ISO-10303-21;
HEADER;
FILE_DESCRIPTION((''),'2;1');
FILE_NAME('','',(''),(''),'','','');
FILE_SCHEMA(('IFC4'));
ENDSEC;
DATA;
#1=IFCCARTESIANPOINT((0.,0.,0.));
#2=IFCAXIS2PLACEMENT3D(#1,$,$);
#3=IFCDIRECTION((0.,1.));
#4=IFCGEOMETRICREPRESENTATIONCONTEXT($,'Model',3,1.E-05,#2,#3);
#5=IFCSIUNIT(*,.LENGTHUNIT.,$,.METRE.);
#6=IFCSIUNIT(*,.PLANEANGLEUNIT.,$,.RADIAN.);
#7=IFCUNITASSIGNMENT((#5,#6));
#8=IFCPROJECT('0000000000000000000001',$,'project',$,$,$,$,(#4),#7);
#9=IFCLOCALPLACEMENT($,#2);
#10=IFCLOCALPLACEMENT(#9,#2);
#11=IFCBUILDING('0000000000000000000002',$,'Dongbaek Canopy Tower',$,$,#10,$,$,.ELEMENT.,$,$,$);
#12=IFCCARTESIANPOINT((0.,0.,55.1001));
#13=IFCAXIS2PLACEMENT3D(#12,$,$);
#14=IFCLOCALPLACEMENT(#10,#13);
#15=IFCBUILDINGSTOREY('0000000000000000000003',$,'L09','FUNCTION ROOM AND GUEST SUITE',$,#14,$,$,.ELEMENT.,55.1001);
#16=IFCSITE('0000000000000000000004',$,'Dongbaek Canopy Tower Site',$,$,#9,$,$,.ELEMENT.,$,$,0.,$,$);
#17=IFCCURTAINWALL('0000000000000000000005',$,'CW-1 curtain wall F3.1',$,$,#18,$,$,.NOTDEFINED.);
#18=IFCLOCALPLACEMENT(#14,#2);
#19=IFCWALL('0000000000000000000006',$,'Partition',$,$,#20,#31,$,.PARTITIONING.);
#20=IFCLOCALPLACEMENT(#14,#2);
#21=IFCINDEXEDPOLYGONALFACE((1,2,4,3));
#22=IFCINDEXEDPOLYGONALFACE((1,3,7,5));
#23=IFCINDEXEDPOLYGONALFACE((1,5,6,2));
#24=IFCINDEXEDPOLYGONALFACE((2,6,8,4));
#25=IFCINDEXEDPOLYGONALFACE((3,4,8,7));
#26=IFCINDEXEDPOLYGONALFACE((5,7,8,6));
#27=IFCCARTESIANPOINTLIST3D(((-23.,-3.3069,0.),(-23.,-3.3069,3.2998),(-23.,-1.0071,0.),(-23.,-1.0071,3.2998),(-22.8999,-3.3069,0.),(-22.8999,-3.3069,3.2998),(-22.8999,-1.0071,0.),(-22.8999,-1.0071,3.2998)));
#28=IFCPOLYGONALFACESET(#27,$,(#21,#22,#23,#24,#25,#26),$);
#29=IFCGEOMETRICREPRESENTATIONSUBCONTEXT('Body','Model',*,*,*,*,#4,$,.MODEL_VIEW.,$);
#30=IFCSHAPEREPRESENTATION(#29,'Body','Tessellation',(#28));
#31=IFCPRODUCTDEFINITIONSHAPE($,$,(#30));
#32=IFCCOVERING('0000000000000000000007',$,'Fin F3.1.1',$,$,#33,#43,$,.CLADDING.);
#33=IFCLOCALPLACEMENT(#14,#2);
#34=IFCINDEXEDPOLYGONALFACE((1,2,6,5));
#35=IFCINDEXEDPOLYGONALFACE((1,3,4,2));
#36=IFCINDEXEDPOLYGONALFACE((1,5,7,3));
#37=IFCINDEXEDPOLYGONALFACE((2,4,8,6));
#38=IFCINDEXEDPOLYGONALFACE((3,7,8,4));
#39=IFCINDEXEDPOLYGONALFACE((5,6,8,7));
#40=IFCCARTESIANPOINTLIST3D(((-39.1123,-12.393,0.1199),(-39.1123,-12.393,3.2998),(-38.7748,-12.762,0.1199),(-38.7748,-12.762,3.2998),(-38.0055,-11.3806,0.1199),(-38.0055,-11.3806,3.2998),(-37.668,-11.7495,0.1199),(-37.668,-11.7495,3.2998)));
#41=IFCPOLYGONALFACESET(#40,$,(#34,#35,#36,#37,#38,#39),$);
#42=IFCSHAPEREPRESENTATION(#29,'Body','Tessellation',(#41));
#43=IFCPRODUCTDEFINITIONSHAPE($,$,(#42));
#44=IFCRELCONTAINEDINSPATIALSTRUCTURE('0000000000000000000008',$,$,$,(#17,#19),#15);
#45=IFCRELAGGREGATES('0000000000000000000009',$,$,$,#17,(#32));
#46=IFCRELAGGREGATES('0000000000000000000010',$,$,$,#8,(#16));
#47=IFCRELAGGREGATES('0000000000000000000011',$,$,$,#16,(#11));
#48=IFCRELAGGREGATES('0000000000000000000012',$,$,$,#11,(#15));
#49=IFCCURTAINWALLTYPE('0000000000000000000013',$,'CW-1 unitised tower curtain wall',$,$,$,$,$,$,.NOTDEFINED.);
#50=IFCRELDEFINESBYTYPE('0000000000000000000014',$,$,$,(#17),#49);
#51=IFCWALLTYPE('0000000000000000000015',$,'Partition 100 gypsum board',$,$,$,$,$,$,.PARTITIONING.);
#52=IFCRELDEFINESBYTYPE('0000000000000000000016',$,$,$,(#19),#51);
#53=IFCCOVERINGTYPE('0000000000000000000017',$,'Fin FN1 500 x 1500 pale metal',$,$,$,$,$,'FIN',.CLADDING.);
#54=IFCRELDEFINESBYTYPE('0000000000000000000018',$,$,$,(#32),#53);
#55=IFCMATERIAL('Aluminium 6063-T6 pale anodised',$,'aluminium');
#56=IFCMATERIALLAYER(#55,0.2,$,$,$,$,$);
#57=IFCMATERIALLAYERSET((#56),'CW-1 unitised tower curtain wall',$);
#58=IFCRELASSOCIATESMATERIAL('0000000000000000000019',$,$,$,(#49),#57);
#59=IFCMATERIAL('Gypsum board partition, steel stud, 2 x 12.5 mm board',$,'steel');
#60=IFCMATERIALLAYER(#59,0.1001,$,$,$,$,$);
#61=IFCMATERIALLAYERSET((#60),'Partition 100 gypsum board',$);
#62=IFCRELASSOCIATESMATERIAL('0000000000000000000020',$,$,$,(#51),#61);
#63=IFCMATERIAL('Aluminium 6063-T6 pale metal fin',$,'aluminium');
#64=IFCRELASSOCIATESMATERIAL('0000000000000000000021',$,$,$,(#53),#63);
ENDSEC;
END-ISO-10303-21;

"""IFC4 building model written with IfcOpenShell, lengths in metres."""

from ifc_helpers import new_model, si_unit, direction, frame, frame_2d, origin, origin_2d, place, context, subcontext, project, spatial, rectangle, extrude, material, layer, layer_set, material_profile, profile_set, type_object, element, aggregate, save


model = new_model("IFC4")

# Units and contexts
model_context = context("Model", 3, precision=1e-05, world=origin(), true_north=direction((0.0, 1.0)))
body_context = subcontext(model_context, "Body", "Model", "MODEL_VIEW")
ifc_project = project(units=[si_unit("LENGTHUNIT", "METRE"), si_unit("PLANEANGLEUNIT", "RADIAN")], contexts=[model_context])

# Site, building, storey
site_placement = place(None, origin())
site = spatial("IfcSite", under=ifc_project, at=site_placement, Name="Dongbaek Canopy Tower Site", CompositionType="ELEMENT", RefElevation=0.0)
building_placement = place(site_placement, origin())
building = spatial("IfcBuilding", under=site, at=building_placement, Name="Dongbaek Canopy Tower", CompositionType="ELEMENT")
storey_placement = place(building_placement, frame((0.0, 0.0, 55.1001)))
storey = spatial("IfcBuildingStorey", under=building, at=storey_placement, Name="L09", Description="FUNCTION ROOM AND GUEST SUITE", CompositionType="ELEMENT", Elevation=55.1001)

# Shared definitions
ifc_material_1 = material(Name="Aluminium 6063-T6 pale anodised", Category="aluminium")
ifc_layer_1 = layer(ifc_material_1, 0.2)
ifc_layer_set_1 = layer_set([ifc_layer_1], Name="CW-1 unitised tower curtain wall")
curtain_wall_type = type_object("IfcCurtainWallType", Name="CW-1 unitised tower curtain wall", PredefinedType="NOTDEFINED", material=ifc_layer_set_1)

# Curtain wall
curtain_wall_1_placement = place(storey_placement, origin())
curtain_wall_1 = element("IfcCurtainWall", 1, at=curtain_wall_1_placement, inside=storey, type_object=curtain_wall_type, Name="CW-1 curtain wall F3.1", PredefinedType="NOTDEFINED")

# Shared definitions
ifc_material_2 = material(Name="Gypsum board partition, steel stud, 2 x 12.5 mm board", Category="steel")
ifc_layer_2 = layer(ifc_material_2, 0.1001)
ifc_layer_set_2 = layer_set([ifc_layer_2], Name="Partition 100 gypsum board")
wall_type_1 = type_object("IfcWallType", Name="Partition 100 gypsum board", PredefinedType="PARTITIONING", material=ifc_layer_set_2)

# Wall
for number, where, z_axis, x_axis, name in (
    (2, (-22.95, -3.3069, 0.0), (0.0, 0.0, 1.0), (0.0, 1.0, 0.0), "Partition"),
):
    element("IfcWall", number, at=place(storey_placement, frame(where, z_axis=z_axis, x_axis=x_axis)), inside=storey, type_object=wall_type_1, Name=name, PredefinedType="PARTITIONING", context=body_context, shape_type="SweptSolid", body=[
        extrude(rectangle(XDim=2.2998, YDim=0.1001, at=frame_2d((1.1499, 0.0))), origin(), (0.0, 0.0, 1.0), 3.2998),
    ])

# Covering
ifc_material_3 = material(Name="Aluminium 6063-T6 pale metal fin", Category="aluminium")
ifc_material_profile_1 = material_profile(ifc_material_3, rectangle(XDim=1.5, YDim=0.5, at=origin_2d()), Name="Fin FN1 500 x 1500 pale metal")
ifc_profile_set_1 = profile_set([ifc_material_profile_1], Name="Aluminium 6063-T6 pale metal fin")
covering_type = type_object("IfcCoveringType", Name="Fin FN1 500 x 1500 pale metal", ElementType="FIN", PredefinedType="CLADDING", material=ifc_profile_set_1)
covering_placement = place(storey_placement, frame((-38.3901, -12.0713, 0.1199), z_axis=(0.0, 0.0, 1.0), x_axis=(-0.737855, -0.674959, 0.0)))
covering = element("IfcCovering", 3, at=covering_placement, type_object=covering_type, Name="Fin F3.1.1", PredefinedType="CLADDING", context=body_context, shape_type="SweptSolid", body=[
    extrude(rectangle(XDim=1.5, YDim=0.5, at=origin_2d()), origin(), (0.0, 0.0, 1.0), 3.1799),
])
aggregate(curtain_wall_1, [covering])

save(model, "model.ifc")
